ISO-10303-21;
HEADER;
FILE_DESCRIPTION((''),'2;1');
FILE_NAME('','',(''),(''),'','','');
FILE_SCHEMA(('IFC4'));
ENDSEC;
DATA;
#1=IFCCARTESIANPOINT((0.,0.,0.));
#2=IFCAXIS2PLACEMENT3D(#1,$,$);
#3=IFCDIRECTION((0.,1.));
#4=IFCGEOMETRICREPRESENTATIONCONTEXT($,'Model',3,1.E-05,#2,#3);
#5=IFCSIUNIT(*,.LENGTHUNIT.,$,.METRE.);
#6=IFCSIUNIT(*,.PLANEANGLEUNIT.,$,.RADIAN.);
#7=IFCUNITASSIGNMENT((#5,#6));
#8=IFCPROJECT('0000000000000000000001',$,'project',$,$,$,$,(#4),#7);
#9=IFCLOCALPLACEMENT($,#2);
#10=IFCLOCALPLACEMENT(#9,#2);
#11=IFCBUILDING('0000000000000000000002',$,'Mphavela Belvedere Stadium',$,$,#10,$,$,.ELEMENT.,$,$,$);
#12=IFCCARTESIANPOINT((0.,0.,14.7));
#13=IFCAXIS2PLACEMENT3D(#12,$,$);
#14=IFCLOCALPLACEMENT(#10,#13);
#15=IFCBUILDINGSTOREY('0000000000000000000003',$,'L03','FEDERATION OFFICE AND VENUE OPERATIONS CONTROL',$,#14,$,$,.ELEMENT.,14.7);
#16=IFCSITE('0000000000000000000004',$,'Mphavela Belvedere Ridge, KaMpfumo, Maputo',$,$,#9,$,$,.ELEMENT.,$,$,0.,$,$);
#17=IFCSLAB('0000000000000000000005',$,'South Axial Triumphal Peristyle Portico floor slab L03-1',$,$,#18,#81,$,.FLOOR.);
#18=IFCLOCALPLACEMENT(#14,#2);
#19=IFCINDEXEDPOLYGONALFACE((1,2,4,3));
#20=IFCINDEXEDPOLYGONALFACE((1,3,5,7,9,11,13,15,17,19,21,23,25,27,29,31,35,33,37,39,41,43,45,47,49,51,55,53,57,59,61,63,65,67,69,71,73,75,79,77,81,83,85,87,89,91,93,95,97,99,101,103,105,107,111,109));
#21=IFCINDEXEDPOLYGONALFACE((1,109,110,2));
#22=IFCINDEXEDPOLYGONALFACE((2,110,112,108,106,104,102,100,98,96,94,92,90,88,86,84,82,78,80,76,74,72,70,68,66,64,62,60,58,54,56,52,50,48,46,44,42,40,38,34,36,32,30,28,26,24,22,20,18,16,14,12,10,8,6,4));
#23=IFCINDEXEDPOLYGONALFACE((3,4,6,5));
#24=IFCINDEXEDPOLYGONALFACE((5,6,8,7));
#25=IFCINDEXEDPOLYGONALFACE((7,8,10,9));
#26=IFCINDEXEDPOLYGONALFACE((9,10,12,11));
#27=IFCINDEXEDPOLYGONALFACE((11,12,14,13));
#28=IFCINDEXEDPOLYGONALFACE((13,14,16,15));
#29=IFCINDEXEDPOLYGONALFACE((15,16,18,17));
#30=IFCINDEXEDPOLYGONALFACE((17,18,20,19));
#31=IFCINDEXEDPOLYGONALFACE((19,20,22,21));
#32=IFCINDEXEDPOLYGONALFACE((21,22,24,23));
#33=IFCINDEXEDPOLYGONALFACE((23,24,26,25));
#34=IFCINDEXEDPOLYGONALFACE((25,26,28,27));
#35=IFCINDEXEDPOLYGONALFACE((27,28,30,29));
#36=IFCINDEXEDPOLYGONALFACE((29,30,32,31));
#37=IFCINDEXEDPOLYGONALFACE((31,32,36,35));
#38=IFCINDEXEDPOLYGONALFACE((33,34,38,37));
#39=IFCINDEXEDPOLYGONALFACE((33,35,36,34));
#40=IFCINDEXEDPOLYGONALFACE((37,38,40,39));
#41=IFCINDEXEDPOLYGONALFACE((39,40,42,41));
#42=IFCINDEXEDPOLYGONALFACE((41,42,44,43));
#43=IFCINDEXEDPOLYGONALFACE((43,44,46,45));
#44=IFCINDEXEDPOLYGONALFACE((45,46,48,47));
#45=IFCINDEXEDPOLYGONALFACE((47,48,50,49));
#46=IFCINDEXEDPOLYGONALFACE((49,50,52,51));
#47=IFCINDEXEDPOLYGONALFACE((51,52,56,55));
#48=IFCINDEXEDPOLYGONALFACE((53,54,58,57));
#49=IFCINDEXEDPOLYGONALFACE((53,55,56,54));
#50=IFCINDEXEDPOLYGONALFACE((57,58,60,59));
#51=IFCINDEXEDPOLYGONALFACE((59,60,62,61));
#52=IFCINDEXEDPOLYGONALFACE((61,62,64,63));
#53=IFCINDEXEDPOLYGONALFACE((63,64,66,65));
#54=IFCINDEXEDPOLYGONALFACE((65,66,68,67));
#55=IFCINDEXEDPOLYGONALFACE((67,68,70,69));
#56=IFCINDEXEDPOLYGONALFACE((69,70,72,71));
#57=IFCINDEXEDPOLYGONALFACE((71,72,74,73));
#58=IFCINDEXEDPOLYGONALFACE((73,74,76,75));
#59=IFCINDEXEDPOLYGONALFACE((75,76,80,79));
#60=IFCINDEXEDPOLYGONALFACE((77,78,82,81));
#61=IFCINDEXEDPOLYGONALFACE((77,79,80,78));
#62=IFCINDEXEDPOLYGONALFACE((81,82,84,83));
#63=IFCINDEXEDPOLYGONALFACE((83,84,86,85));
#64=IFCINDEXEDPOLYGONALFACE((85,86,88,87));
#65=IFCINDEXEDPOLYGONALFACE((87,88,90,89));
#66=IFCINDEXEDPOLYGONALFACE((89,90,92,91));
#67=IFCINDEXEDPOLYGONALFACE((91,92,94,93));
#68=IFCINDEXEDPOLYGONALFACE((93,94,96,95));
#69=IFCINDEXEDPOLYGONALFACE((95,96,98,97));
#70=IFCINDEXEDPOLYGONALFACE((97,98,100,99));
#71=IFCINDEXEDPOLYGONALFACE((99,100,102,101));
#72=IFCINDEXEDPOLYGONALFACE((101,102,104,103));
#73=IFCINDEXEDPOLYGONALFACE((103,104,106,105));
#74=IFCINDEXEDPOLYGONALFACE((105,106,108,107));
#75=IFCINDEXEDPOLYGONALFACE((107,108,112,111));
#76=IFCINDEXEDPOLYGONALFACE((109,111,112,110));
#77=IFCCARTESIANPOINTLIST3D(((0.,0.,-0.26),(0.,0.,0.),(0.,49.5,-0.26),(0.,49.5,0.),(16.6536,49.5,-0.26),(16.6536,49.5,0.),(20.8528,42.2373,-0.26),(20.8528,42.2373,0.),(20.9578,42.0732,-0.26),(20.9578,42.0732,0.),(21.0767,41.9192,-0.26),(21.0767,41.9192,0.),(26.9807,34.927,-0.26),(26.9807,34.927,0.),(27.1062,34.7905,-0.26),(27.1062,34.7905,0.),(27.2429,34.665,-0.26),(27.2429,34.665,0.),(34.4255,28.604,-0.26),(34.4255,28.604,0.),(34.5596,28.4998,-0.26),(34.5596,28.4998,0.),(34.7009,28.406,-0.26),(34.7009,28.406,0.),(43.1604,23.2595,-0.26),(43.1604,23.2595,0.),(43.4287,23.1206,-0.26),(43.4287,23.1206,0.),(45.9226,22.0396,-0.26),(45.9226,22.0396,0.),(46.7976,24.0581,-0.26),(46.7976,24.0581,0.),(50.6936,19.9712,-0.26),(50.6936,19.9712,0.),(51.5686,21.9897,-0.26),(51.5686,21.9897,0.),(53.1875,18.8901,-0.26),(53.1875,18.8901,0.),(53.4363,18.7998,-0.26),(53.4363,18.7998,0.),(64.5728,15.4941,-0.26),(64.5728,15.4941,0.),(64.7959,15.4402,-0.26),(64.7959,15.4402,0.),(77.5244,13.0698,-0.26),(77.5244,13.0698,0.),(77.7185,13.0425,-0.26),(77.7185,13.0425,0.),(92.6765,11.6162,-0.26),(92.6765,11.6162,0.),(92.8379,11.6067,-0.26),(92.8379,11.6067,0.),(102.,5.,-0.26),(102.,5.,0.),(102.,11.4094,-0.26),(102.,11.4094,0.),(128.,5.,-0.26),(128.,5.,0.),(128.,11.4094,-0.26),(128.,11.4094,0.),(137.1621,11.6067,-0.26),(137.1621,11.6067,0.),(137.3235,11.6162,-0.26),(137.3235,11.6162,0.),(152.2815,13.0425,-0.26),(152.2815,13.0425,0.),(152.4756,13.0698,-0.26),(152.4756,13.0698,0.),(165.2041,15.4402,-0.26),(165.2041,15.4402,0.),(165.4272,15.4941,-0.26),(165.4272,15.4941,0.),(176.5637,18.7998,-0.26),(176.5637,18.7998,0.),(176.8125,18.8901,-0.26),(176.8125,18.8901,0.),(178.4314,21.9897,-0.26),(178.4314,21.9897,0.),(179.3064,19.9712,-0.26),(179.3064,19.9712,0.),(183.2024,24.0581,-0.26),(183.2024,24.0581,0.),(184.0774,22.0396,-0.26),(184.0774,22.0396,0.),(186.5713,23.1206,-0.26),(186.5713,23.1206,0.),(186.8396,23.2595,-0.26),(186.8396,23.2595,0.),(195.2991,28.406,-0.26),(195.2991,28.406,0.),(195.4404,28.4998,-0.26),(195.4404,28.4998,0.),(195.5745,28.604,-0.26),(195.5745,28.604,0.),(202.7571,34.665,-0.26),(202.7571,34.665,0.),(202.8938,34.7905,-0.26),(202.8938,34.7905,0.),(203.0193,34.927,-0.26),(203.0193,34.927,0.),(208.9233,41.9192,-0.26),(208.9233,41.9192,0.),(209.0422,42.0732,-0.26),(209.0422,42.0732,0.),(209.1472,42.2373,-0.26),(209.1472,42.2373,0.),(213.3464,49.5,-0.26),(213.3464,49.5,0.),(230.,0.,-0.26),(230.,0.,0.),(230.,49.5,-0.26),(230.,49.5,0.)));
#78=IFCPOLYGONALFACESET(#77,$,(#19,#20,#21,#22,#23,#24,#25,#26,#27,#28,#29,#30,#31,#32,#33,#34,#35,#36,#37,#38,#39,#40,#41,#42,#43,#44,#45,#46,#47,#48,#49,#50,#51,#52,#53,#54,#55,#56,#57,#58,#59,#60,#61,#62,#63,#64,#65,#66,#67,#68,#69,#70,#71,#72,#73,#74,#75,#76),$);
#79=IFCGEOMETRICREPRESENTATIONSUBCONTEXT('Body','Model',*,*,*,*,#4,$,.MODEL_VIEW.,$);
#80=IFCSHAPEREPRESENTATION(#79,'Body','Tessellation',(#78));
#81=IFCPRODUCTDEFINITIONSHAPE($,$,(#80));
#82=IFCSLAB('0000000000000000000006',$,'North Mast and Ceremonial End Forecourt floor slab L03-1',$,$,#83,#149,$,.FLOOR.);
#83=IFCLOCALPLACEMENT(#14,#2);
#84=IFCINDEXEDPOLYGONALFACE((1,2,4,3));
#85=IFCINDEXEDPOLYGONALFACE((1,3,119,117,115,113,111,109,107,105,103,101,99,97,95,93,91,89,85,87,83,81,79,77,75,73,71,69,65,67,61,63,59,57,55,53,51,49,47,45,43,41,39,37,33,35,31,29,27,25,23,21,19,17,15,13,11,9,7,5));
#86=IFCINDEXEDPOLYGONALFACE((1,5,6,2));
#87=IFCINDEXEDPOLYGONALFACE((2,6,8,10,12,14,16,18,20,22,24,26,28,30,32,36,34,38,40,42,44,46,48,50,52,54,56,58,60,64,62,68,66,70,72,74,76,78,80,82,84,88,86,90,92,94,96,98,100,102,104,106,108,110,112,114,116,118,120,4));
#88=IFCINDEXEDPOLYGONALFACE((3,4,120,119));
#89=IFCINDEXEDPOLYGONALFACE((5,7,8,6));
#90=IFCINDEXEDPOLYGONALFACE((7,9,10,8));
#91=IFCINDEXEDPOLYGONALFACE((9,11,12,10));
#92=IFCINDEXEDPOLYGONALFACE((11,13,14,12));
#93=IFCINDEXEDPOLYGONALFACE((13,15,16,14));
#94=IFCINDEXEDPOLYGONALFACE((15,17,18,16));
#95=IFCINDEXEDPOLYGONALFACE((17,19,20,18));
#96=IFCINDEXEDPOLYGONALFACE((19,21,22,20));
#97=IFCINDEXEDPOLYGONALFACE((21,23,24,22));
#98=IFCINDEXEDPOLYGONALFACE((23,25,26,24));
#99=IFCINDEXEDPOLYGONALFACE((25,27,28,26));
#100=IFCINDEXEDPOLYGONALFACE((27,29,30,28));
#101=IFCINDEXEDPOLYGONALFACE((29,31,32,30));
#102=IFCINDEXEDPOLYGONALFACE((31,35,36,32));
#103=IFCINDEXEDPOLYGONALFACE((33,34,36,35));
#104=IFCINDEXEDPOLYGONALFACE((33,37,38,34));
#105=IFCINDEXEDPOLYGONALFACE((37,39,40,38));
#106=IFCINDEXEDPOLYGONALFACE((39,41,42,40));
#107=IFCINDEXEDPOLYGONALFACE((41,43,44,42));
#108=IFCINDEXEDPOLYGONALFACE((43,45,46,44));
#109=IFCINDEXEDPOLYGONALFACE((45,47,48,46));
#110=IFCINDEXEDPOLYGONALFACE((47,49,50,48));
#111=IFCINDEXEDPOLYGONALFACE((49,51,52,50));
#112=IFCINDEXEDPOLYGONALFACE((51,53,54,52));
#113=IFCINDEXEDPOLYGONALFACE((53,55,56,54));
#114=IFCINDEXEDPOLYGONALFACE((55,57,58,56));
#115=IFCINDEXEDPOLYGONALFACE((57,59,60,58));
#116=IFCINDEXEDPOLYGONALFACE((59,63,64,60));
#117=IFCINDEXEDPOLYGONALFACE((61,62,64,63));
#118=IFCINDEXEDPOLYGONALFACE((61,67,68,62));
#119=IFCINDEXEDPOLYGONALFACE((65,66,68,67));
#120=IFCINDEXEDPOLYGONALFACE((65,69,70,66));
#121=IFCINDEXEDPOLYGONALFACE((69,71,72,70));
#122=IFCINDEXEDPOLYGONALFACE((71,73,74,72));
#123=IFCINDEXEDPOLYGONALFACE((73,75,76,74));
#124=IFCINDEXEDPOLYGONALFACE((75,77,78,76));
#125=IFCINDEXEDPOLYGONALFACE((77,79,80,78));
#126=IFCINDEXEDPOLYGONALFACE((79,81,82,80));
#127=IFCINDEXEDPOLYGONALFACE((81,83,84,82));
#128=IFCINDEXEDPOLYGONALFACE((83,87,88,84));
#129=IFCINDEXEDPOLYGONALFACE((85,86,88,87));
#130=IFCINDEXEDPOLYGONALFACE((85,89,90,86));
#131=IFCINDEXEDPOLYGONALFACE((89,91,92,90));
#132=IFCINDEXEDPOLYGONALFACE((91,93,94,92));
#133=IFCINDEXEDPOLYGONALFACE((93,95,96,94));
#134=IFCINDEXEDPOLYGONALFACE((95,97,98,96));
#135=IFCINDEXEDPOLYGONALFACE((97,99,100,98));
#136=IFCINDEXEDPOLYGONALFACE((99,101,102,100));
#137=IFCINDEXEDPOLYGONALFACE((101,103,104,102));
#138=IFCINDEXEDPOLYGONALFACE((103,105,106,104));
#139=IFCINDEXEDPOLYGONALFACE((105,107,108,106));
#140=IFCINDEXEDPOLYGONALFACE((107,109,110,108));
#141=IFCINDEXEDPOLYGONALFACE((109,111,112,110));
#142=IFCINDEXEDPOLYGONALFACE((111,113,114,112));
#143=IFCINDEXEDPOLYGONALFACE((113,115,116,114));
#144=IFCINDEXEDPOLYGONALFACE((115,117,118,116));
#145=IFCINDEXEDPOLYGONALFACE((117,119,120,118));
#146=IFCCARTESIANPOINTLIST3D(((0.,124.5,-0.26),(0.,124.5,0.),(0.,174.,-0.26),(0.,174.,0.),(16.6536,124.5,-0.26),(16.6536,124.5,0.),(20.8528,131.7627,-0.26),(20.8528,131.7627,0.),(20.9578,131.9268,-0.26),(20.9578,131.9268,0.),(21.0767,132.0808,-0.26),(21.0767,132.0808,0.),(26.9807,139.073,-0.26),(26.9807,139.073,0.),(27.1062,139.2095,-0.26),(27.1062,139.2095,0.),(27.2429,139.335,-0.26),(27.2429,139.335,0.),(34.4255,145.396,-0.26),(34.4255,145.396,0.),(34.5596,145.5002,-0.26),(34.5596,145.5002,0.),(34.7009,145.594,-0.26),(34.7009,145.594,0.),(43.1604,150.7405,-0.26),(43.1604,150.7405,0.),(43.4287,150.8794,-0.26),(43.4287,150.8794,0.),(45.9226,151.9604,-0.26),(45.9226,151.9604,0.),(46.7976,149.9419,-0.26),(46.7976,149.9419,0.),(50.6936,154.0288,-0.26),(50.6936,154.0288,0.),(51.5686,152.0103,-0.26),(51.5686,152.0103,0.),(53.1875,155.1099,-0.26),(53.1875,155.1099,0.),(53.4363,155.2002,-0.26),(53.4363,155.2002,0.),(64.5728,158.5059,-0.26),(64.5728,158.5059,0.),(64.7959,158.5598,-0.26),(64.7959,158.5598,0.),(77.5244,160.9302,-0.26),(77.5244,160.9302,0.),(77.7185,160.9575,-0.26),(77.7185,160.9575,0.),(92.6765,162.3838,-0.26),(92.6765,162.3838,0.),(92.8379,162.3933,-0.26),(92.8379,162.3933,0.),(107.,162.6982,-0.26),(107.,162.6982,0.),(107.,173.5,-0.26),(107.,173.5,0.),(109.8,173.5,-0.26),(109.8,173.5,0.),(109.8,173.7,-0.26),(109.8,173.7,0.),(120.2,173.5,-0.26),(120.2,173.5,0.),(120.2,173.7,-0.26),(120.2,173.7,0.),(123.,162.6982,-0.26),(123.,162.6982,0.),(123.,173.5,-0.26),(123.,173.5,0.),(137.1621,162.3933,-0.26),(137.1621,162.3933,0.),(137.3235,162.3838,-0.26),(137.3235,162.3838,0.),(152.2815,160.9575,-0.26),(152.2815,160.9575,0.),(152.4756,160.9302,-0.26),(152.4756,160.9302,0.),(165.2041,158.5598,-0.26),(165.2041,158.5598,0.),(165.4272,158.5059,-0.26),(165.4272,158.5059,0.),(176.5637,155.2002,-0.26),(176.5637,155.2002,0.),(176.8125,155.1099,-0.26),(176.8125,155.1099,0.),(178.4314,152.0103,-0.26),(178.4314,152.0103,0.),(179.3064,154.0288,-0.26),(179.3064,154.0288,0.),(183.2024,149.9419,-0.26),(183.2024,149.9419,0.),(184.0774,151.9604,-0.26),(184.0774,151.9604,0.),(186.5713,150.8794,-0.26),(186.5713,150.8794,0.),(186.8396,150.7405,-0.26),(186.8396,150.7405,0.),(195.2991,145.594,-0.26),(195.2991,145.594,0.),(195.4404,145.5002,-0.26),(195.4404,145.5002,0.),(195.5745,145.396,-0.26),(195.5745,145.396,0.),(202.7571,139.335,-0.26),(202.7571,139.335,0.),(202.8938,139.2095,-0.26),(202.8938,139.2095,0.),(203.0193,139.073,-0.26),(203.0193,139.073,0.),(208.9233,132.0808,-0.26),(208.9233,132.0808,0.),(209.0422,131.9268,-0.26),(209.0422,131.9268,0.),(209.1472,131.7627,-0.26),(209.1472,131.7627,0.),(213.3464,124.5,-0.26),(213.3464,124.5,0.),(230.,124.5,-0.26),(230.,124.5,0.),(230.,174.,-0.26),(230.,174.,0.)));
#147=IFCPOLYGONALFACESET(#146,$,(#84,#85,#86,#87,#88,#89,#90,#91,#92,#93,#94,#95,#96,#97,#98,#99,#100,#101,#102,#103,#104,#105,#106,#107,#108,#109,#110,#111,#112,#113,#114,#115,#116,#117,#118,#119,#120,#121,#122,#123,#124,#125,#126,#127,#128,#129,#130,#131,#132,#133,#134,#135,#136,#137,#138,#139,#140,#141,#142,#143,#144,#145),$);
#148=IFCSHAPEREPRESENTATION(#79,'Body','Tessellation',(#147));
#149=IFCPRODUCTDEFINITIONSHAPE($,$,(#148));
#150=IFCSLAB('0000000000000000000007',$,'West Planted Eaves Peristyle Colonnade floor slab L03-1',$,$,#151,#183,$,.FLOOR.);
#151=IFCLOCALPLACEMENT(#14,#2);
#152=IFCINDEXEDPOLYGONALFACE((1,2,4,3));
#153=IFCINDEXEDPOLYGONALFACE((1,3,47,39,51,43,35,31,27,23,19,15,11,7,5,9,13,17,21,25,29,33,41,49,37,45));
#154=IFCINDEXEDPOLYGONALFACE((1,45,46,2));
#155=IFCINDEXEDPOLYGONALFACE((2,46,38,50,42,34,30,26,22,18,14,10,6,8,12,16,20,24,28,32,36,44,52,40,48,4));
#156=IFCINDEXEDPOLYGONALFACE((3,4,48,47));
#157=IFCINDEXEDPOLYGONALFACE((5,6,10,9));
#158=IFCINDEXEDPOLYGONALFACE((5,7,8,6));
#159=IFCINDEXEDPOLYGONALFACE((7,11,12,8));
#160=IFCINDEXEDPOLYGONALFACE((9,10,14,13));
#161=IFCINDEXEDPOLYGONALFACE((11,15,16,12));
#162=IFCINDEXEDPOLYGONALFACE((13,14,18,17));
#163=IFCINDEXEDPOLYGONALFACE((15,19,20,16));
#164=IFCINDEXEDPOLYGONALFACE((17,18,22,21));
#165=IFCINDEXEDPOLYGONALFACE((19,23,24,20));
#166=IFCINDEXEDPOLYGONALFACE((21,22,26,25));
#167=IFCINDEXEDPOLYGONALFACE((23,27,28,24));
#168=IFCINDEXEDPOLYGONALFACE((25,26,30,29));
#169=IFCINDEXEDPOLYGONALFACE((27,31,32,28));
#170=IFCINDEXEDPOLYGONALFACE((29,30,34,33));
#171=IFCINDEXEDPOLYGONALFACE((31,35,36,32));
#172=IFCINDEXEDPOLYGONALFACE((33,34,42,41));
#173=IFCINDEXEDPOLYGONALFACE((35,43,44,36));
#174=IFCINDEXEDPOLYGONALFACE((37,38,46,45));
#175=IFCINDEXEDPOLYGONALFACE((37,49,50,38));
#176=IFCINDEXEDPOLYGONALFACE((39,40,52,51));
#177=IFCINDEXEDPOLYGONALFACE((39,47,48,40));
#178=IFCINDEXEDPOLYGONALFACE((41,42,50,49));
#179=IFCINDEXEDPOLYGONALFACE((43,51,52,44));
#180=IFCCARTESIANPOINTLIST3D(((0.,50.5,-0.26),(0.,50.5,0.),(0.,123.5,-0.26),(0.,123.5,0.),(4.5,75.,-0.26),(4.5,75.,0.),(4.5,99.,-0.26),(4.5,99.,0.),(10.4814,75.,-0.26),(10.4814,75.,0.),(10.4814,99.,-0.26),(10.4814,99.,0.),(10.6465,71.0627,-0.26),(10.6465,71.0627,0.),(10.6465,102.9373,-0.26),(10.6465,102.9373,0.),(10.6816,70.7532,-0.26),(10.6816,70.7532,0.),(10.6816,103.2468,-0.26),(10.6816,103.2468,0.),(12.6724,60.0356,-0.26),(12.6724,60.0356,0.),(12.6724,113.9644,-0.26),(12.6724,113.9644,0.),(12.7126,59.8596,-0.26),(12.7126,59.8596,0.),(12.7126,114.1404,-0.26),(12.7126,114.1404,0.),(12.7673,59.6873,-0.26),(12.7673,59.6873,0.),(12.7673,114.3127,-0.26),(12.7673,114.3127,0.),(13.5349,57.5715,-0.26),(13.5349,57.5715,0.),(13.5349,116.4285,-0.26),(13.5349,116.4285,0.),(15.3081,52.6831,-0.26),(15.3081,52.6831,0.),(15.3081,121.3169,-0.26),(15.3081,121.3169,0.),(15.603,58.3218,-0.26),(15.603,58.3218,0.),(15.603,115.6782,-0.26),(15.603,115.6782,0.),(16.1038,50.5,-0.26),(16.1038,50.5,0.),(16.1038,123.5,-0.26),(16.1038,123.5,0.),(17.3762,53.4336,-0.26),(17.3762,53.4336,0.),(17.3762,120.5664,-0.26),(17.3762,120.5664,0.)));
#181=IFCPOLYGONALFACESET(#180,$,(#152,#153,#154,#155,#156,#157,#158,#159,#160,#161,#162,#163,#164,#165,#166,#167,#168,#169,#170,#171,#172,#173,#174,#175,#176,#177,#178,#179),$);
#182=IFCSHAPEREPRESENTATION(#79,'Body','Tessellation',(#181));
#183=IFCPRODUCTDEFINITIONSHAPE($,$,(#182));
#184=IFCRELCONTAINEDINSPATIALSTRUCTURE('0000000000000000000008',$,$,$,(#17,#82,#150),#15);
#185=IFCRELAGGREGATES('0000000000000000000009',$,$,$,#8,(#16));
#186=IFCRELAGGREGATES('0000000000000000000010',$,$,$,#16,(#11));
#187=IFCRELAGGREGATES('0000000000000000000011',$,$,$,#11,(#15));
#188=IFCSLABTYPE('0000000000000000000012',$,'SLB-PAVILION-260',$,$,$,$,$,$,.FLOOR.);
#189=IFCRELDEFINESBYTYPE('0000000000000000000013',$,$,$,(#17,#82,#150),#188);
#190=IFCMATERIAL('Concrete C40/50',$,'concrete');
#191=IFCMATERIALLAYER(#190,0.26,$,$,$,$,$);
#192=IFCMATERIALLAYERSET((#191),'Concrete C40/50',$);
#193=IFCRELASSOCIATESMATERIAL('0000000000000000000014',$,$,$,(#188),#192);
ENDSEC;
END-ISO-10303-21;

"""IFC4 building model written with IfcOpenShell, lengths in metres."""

from ifc_helpers import new_model, si_unit, direction, frame, origin, place, context, subcontext, project, spatial, polyline, outline, extrude, material, layer, layer_set, type_object, element, save


model = new_model("IFC4")

# Units and contexts
model_context = context("Model", 3, precision=1e-05, world=origin(), true_north=direction((0.0, 1.0)))
body_context = subcontext(model_context, "Body", "Model", "MODEL_VIEW")
ifc_project = project(units=[si_unit("LENGTHUNIT", "METRE"), si_unit("PLANEANGLEUNIT", "RADIAN")], contexts=[model_context])

# Site, building, storey
site_placement = place(None, origin())
site = spatial("IfcSite", under=ifc_project, at=site_placement, Name="Mphavela Belvedere Ridge, KaMpfumo, Maputo", CompositionType="ELEMENT", RefElevation=0.0)
building_placement = place(site_placement, origin())
building = spatial("IfcBuilding", under=site, at=building_placement, Name="Mphavela Belvedere Stadium", CompositionType="ELEMENT")
storey_placement = place(building_placement, frame((0.0, 0.0, 14.7)))
storey = spatial("IfcBuildingStorey", under=building, at=storey_placement, Name="L03", Description="FEDERATION OFFICE AND VENUE OPERATIONS CONTROL", CompositionType="ELEMENT", Elevation=14.7)

# Slabs
ifc_material_1 = material(Name="Concrete C40/50", Category="concrete")
ifc_layer_1 = layer(ifc_material_1, 0.26)
ifc_layer_set_1 = layer_set([ifc_layer_1], Name="Concrete C40/50")
slab_type_1 = type_object("IfcSlabType", Name="SLB-PAVILION-260", PredefinedType="FLOOR", material=ifc_layer_set_1)
slab_1_placement = place(storey_placement, frame((0.0, 0.0, -0.26)))
element("IfcSlab", 1, at=slab_1_placement, inside=storey, type_object=slab_type_1, Name="South Axial Triumphal Peristyle Portico floor slab L03-1", PredefinedType="FLOOR", context=body_context, shape_type="SweptSolid", body=[
    extrude(outline(polyline([(16.6536, 49.5), (20.8528, 42.2373), (20.9578, 42.0732), (21.0767, 41.9192), (26.9807, 34.927), (27.1062, 34.7905), (27.2429, 34.665), (34.4255, 28.604), (34.5596, 28.4998), (34.7009, 28.406), (43.1604, 23.2595), (43.4287, 23.1206), (45.9226, 22.0396), (46.7976, 24.0581), (51.5686, 21.9897), (50.6936, 19.9712), (53.1875, 18.8901), (53.4363, 18.7998), (64.5728, 15.4941), (64.7959, 15.4402), (77.5244, 13.0698), (77.7185, 13.0425), (92.6765, 11.6162), (92.8379, 11.6067), (102.0, 11.4094), (102.0, 5.0), (128.0, 5.0), (128.0, 11.4094), (137.1621, 11.6067), (137.3235, 11.6162), (152.2815, 13.0425), (152.4756, 13.0698), (165.2041, 15.4402), (165.4272, 15.4941), (176.5637, 18.7998), (176.8125, 18.8901), (179.3064, 19.9712), (178.4314, 21.9897), (183.2024, 24.0581), (184.0774, 22.0396), (186.5713, 23.1206), (186.8396, 23.2595), (195.2991, 28.406), (195.4404, 28.4998), (195.5745, 28.604), (202.7571, 34.665), (202.8938, 34.7905), (203.0193, 34.927), (208.9233, 41.9192), (209.0422, 42.0732), (209.1472, 42.2373), (213.3464, 49.5), (230.0, 49.5), (230.0, 0.0), (0.0, 0.0), (0.0, 49.5), (16.6536, 49.5)])), origin(), (0.0, 0.0, 1.0), 0.26),
])
slab_2_placement = place(storey_placement, frame((0.0, 0.0, -0.26)))
element("IfcSlab", 2, at=slab_2_placement, inside=storey, type_object=slab_type_1, Name="North Mast and Ceremonial End Forecourt floor slab L03-1", PredefinedType="FLOOR", context=body_context, shape_type="SweptSolid", body=[
    extrude(outline(polyline([(213.3464, 124.5), (209.1472, 131.7627), (209.0422, 131.9268), (208.9233, 132.0808), (203.0193, 139.073), (202.8938, 139.2095), (202.7571, 139.335), (195.5745, 145.396), (195.4404, 145.5002), (195.2991, 145.594), (186.8396, 150.7405), (186.5713, 150.8794), (184.0774, 151.9604), (183.2024, 149.9419), (178.4314, 152.0103), (179.3064, 154.0288), (176.8125, 155.1099), (176.5637, 155.2002), (165.4272, 158.5059), (165.2041, 158.5598), (152.4756, 160.9302), (152.2815, 160.9575), (137.3235, 162.3838), (137.1621, 162.3933), (123.0, 162.6982), (123.0, 173.5), (120.2, 173.5), (120.2, 173.7), (109.8, 173.7), (109.8, 173.5), (107.0, 173.5), (107.0, 162.6982), (92.8379, 162.3933), (92.6765, 162.3838), (77.7185, 160.9575), (77.5244, 160.9302), (64.7959, 158.5598), (64.5728, 158.5059), (53.4363, 155.2002), (53.1875, 155.1099), (50.6936, 154.0288), (51.5686, 152.0103), (46.7976, 149.9419), (45.9226, 151.9604), (43.4287, 150.8794), (43.1604, 150.7405), (34.7009, 145.594), (34.5596, 145.5002), (34.4255, 145.396), (27.2429, 139.335), (27.1062, 139.2095), (26.9807, 139.073), (21.0767, 132.0808), (20.9578, 131.9268), (20.8528, 131.7627), (16.6536, 124.5), (0.0, 124.5), (0.0, 174.0), (230.0, 174.0), (230.0, 124.5), (213.3464, 124.5)])), origin(), (0.0, 0.0, 1.0), 0.26),
])
slab_3_placement = place(storey_placement, frame((0.0, 0.0, -0.26)))
element("IfcSlab", 3, at=slab_3_placement, inside=storey, type_object=slab_type_1, Name="West Planted Eaves Peristyle Colonnade floor slab L03-1", PredefinedType="FLOOR", context=body_context, shape_type="SweptSolid", body=[
    extrude(outline(polyline([(15.3081, 121.3169), (17.3762, 120.5664), (15.603, 115.6782), (13.5349, 116.4285), (12.7673, 114.3127), (12.7126, 114.1404), (12.6724, 113.9644), (10.6816, 103.2468), (10.6465, 102.9373), (10.4814, 99.0), (4.5, 99.0), (4.5, 75.0), (10.4814, 75.0), (10.6465, 71.0627), (10.6816, 70.7532), (12.6724, 60.0356), (12.7126, 59.8596), (12.7673, 59.6873), (13.5349, 57.5715), (15.603, 58.3218), (17.3762, 53.4336), (15.3081, 52.6831), (16.1038, 50.5), (0.0, 50.5), (0.0, 123.5), (16.1038, 123.5), (15.3081, 121.3169)])), origin(), (0.0, 0.0, 1.0), 0.26),
])

save(model, "model.ifc")
